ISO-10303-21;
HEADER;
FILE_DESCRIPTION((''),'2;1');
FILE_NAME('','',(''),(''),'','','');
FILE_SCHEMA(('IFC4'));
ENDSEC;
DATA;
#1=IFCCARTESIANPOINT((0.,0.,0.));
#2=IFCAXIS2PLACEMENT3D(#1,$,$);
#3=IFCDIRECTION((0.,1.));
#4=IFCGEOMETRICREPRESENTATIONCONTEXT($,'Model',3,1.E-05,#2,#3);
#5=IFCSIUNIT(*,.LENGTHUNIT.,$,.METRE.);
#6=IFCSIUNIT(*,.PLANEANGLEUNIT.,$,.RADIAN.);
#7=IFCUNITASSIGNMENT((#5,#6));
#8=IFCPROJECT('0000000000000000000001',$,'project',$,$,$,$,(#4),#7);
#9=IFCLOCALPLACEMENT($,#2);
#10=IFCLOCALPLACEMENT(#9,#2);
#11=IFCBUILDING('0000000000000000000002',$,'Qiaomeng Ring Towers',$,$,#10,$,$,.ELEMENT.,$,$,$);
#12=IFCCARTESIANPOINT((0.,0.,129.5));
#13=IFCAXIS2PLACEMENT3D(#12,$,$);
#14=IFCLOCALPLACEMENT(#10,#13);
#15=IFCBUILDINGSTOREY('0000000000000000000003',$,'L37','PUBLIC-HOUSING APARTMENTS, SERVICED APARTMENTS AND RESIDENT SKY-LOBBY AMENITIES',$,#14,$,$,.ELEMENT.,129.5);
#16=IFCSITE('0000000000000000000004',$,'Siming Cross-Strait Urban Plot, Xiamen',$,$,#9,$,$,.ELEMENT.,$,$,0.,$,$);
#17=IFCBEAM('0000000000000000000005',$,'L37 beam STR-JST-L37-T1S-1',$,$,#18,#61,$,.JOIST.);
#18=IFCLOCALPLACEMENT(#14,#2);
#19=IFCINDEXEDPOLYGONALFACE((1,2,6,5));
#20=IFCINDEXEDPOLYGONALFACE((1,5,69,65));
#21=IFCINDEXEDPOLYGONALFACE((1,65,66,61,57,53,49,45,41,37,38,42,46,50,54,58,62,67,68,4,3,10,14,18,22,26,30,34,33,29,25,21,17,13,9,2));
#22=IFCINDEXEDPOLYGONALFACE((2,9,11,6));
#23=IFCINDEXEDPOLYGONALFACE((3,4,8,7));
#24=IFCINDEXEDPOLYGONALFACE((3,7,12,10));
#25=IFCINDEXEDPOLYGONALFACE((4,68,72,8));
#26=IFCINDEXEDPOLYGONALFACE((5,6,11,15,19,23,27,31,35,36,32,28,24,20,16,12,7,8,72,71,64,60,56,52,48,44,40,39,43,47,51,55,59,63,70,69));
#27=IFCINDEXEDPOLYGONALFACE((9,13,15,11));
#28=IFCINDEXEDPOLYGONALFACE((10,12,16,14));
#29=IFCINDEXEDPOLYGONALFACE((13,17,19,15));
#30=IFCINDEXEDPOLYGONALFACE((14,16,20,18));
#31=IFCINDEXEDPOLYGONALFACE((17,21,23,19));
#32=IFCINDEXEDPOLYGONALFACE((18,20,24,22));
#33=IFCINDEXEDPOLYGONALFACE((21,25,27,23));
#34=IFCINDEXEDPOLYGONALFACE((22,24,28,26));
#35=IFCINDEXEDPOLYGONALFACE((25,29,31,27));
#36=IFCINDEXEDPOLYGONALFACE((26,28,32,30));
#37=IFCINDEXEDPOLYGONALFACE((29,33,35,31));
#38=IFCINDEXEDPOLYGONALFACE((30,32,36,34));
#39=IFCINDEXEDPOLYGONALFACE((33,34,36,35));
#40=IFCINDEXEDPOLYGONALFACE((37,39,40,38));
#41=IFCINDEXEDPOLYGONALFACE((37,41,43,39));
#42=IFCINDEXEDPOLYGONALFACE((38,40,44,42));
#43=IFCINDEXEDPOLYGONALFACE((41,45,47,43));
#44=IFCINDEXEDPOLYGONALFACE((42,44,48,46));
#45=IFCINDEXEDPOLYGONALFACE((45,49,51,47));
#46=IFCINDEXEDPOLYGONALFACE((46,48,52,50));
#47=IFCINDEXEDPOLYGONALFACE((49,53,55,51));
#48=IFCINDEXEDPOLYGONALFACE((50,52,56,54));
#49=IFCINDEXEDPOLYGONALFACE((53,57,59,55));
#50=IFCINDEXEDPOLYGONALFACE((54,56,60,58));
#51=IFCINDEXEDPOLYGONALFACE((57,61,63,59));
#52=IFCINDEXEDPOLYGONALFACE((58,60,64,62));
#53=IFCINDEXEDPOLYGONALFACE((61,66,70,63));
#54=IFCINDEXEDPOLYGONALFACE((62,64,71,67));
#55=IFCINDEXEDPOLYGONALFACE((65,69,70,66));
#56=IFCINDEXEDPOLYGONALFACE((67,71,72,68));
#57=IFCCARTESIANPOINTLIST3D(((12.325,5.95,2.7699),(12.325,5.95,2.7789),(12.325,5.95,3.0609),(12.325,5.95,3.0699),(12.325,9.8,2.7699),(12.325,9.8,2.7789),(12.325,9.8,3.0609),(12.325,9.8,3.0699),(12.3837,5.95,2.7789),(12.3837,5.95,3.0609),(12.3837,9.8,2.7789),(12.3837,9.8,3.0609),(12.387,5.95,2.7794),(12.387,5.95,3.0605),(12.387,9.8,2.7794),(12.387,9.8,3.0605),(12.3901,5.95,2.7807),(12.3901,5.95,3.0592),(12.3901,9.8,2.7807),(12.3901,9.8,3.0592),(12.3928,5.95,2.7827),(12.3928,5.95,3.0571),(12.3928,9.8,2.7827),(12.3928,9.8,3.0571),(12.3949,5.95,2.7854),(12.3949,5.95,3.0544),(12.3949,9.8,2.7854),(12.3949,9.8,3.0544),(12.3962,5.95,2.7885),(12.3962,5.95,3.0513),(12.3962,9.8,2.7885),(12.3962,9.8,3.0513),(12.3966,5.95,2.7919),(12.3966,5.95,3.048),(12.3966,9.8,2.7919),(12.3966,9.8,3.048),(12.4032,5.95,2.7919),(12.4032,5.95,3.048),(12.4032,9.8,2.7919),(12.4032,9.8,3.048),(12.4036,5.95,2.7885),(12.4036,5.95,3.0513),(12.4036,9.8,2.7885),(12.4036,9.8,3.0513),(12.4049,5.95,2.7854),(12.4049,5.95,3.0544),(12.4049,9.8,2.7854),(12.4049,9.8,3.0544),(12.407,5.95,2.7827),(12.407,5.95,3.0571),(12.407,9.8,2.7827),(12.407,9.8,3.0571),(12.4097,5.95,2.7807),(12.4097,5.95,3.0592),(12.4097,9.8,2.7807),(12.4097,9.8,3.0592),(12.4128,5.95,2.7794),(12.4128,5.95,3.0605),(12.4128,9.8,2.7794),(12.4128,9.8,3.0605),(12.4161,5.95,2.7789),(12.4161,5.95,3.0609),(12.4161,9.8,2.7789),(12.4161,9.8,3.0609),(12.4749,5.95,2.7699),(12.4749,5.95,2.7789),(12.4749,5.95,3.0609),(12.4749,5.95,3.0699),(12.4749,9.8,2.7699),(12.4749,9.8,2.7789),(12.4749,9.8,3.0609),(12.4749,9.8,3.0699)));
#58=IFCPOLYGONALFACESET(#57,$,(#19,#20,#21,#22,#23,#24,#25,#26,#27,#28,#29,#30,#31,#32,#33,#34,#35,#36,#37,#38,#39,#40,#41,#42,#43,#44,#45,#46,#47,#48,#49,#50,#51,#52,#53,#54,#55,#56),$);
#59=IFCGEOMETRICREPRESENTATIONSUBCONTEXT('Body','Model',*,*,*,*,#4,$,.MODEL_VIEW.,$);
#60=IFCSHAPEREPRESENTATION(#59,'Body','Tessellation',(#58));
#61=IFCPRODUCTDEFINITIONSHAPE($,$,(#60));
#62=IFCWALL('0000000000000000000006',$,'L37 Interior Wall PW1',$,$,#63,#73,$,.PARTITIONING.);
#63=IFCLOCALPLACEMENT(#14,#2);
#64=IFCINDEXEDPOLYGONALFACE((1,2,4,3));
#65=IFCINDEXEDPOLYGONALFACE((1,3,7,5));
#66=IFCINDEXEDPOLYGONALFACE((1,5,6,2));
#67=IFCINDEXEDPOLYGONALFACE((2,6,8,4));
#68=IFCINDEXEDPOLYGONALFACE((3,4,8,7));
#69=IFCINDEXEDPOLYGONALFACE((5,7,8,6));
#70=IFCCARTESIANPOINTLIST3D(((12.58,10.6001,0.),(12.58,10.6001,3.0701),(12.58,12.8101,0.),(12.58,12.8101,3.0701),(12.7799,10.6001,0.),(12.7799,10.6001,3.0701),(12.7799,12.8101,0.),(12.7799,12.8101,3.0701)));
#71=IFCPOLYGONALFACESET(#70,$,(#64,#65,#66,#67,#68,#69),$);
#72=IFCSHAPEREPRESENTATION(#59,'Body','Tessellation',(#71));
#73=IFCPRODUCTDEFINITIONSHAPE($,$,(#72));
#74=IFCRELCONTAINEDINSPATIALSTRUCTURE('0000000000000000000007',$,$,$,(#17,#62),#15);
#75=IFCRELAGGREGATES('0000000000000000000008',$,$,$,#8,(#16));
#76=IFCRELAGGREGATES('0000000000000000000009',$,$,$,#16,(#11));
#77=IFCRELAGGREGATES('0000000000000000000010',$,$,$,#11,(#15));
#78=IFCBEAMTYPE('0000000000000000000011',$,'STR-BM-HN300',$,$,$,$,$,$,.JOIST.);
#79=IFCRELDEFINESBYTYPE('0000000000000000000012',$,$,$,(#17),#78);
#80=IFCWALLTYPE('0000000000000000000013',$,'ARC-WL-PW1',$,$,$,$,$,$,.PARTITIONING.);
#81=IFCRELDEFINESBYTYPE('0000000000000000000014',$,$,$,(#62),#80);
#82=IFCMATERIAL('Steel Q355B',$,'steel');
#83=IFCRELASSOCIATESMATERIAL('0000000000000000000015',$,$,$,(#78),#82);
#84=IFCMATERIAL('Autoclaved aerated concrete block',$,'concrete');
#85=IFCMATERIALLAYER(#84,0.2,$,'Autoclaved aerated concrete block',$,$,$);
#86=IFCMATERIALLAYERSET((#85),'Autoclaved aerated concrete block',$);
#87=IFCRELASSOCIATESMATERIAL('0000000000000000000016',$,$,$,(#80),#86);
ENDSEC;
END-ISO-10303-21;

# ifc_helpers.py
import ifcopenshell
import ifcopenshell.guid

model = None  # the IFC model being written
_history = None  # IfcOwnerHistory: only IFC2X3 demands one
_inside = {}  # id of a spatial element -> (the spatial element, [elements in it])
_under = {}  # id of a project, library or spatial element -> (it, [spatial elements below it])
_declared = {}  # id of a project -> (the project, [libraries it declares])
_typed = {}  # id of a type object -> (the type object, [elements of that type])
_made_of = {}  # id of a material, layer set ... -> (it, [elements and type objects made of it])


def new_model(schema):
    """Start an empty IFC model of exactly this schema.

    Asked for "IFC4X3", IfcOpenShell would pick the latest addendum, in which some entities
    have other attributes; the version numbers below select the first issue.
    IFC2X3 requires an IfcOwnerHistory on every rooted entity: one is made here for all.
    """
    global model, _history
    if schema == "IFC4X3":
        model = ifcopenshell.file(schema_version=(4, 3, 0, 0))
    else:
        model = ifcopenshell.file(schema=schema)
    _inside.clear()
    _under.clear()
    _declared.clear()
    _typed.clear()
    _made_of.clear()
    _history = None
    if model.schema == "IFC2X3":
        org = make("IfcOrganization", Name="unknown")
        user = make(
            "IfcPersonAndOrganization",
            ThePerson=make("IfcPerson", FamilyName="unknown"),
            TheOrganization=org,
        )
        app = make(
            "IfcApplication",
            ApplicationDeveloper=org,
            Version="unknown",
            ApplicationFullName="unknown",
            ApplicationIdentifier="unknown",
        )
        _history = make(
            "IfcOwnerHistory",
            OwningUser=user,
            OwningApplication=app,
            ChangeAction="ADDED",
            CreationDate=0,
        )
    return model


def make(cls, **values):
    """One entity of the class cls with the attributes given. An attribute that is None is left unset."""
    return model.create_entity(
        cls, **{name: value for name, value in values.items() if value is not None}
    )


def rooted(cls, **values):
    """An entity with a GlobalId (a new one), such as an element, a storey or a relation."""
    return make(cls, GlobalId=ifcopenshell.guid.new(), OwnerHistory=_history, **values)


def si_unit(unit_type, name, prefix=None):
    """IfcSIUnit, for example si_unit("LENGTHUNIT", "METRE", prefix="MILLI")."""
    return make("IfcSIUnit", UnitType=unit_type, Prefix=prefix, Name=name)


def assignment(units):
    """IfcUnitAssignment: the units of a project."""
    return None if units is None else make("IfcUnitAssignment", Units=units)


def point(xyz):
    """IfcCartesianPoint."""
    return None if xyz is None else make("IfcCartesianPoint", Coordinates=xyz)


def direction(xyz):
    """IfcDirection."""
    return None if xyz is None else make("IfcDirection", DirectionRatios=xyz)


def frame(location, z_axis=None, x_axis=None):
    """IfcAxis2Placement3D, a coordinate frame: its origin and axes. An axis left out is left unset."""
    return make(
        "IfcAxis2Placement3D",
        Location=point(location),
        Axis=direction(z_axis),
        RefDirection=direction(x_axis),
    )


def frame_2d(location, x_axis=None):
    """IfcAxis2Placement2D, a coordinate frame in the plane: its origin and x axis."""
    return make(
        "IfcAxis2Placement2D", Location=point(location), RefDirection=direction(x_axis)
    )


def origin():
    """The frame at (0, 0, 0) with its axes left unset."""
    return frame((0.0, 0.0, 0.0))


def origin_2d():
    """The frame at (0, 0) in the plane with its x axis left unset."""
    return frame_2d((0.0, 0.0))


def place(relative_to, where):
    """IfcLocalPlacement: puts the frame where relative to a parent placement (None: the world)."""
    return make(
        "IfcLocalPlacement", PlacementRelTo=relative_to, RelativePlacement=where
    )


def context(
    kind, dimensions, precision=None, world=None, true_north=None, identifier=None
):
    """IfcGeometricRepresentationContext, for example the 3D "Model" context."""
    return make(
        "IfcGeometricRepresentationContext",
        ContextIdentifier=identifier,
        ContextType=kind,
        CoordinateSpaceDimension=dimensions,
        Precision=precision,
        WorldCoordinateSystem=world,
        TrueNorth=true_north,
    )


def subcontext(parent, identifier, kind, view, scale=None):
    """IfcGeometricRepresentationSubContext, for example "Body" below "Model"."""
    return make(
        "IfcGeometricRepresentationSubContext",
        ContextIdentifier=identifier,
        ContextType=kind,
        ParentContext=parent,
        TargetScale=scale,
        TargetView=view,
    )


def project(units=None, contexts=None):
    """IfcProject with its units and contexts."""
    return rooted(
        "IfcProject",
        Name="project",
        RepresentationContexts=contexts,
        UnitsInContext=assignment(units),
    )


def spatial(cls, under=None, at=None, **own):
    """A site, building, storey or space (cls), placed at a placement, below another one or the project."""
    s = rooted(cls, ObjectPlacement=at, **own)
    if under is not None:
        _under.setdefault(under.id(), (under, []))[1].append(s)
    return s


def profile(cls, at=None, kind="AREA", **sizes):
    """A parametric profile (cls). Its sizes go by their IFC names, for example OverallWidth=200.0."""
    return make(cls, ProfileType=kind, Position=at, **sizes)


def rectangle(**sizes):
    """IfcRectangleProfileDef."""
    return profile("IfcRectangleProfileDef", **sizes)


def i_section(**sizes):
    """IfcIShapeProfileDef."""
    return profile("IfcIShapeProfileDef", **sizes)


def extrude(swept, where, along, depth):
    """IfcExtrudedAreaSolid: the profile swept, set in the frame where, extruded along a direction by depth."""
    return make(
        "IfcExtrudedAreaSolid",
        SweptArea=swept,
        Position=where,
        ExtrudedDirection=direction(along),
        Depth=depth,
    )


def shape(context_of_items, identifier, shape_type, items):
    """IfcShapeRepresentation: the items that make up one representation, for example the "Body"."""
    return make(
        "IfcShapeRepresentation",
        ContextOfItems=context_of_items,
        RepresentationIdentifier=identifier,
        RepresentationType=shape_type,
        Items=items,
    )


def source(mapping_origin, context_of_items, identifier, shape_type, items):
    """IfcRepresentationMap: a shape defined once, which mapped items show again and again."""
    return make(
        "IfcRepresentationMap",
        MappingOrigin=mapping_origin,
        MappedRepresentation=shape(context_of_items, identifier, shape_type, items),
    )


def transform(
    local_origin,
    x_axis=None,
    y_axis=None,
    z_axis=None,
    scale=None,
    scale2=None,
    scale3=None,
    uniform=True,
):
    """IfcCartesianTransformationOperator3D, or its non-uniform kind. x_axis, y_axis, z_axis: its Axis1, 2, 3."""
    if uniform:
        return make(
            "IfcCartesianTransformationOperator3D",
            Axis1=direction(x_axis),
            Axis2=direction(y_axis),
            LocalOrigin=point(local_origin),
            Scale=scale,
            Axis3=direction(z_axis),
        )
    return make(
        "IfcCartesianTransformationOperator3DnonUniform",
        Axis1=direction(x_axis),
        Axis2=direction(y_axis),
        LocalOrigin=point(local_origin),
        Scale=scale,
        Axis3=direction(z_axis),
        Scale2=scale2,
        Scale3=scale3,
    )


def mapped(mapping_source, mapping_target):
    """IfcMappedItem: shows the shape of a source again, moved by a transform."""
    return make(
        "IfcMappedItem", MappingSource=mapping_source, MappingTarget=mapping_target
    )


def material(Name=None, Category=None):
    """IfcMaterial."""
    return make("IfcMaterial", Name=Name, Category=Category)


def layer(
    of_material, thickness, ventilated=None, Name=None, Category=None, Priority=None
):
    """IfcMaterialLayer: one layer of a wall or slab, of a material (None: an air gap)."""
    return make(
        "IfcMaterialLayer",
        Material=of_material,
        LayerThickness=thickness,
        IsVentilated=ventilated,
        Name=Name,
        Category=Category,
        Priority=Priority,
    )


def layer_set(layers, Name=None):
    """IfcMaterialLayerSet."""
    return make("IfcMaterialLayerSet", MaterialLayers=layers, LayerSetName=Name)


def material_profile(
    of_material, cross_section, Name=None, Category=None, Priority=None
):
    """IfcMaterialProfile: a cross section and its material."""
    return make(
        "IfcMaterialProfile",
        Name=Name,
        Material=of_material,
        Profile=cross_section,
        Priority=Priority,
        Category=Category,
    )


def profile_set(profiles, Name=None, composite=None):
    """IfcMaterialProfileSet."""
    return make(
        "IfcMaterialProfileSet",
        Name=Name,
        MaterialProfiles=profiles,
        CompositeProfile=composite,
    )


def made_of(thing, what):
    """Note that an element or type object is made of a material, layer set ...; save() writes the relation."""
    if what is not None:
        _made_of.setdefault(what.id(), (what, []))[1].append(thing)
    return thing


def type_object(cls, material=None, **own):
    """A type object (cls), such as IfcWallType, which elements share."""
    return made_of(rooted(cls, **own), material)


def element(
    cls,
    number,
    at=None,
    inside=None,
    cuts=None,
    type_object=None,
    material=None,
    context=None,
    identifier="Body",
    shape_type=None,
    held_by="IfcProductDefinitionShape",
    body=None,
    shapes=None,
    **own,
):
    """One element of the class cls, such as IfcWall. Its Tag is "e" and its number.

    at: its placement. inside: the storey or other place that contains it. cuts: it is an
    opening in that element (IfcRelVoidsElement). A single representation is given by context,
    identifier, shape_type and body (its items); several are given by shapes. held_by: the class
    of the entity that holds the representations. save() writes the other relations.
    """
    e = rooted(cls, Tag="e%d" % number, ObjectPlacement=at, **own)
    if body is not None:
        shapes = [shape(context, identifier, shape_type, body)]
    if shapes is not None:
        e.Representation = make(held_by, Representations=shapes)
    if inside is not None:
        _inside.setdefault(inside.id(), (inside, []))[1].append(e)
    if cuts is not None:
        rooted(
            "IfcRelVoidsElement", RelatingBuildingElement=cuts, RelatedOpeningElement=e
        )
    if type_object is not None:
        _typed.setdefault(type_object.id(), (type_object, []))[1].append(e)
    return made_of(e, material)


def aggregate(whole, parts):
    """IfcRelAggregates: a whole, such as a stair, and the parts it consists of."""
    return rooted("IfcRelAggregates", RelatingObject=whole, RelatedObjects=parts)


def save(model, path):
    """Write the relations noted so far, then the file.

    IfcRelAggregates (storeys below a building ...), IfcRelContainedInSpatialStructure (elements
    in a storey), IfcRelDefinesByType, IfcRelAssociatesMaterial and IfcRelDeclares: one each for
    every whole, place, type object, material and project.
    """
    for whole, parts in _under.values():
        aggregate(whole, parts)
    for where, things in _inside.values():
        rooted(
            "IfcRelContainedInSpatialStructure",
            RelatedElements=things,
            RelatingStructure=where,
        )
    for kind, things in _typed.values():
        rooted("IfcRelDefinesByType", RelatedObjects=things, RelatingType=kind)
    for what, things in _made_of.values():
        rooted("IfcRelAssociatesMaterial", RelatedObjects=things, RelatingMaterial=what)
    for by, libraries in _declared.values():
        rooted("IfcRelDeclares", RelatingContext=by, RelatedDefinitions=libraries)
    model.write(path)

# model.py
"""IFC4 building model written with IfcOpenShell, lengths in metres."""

from ifc_helpers import new_model, si_unit, direction, frame, frame_2d, origin, origin_2d, place, context, subcontext, project, spatial, rectangle, i_section, extrude, source, transform, mapped, material, layer, layer_set, material_profile, profile_set, type_object, element, save


model = new_model("IFC4")

# Units and contexts
model_context = context("Model", 3, precision=1e-05, world=origin(), true_north=direction((0.0, 1.0)))
body_context = subcontext(model_context, "Body", "Model", "MODEL_VIEW")
ifc_project = project(units=[si_unit("LENGTHUNIT", "METRE"), si_unit("PLANEANGLEUNIT", "RADIAN")], contexts=[model_context])

# Site, building, storey
site_placement = place(None, origin())
site = spatial("IfcSite", under=ifc_project, at=site_placement, Name="Siming Cross-Strait Urban Plot, Xiamen", CompositionType="ELEMENT", RefElevation=0.0)
building_placement = place(site_placement, origin())
building = spatial("IfcBuilding", under=site, at=building_placement, Name="Qiaomeng Ring Towers", CompositionType="ELEMENT")
storey_placement = place(building_placement, frame((0.0, 0.0, 129.5)))
storey = spatial("IfcBuildingStorey", under=building, at=storey_placement, Name="L37", Description="PUBLIC-HOUSING APARTMENTS, SERVICED APARTMENTS AND RESIDENT SKY-LOBBY AMENITIES", CompositionType="ELEMENT", Elevation=129.5)

# Beam
ifc_material_1 = material(Name="Steel Q355B", Category="steel")
ifc_material_profile = material_profile(ifc_material_1, i_section(OverallWidth=0.1499, OverallDepth=0.3, WebThickness=0.0066, FlangeThickness=0.009, FilletRadius=0.0129, at=origin_2d()), Name="HN 300x150x6.5x9")
ifc_profile_set = profile_set([ifc_material_profile], Name="Steel Q355B")
beam_type = type_object("IfcBeamType", Name="STR-BM-HN300", PredefinedType="JOIST", material=ifc_profile_set)
shared_shape_1 = source(origin(), body_context, "Body", "SweptSolid", [
    extrude(i_section(OverallWidth=0.1499, OverallDepth=0.3, WebThickness=0.0066, FlangeThickness=0.009, FilletRadius=0.0129, at=origin_2d()), origin(), (0.0, 0.0, 1.0), 3.8501),
])
beam_placement = place(storey_placement, frame((12.3999, 5.95, 2.9199), z_axis=(0.0, 1.0, 0.0), x_axis=(-1.0, 0.0, 0.0)))
element("IfcBeam", 1, at=beam_placement, inside=storey, type_object=beam_type, Name="L37 beam STR-JST-L37-T1S-1", PredefinedType="JOIST", context=body_context, shape_type="MappedRepresentation", body=[
    mapped(shared_shape_1, transform((0.0, 0.0, 0.0), x_axis=(1.0, 0.0, 0.0), y_axis=(0.0, 1.0, 0.0), z_axis=(0.0, 0.0, 1.0), scale=1.0)),
])

# Wall
ifc_material_2 = material(Name="Autoclaved aerated concrete block", Category="concrete")
ifc_layer_1 = layer(ifc_material_2, 0.2, Name="Autoclaved aerated concrete block")
ifc_layer_set_1 = layer_set([ifc_layer_1], Name="Autoclaved aerated concrete block")
wall_type_1 = type_object("IfcWallType", Name="ARC-WL-PW1", PredefinedType="PARTITIONING", material=ifc_layer_set_1)
wall_1_placement = place(storey_placement, frame((12.6799, 10.6001, 0.0), z_axis=(0.0, 0.0, 1.0), x_axis=(0.0, 1.0, 0.0)))
element("IfcWall", 2, at=wall_1_placement, inside=storey, type_object=wall_type_1, Name="L37 Interior Wall PW1", PredefinedType="PARTITIONING", context=body_context, shape_type="SweptSolid", body=[
    extrude(rectangle(XDim=2.21, YDim=0.2, at=frame_2d((1.105, 0.0))), origin(), (0.0, 0.0, 1.0), 3.0701),
])

save(model, "model.ifc")
